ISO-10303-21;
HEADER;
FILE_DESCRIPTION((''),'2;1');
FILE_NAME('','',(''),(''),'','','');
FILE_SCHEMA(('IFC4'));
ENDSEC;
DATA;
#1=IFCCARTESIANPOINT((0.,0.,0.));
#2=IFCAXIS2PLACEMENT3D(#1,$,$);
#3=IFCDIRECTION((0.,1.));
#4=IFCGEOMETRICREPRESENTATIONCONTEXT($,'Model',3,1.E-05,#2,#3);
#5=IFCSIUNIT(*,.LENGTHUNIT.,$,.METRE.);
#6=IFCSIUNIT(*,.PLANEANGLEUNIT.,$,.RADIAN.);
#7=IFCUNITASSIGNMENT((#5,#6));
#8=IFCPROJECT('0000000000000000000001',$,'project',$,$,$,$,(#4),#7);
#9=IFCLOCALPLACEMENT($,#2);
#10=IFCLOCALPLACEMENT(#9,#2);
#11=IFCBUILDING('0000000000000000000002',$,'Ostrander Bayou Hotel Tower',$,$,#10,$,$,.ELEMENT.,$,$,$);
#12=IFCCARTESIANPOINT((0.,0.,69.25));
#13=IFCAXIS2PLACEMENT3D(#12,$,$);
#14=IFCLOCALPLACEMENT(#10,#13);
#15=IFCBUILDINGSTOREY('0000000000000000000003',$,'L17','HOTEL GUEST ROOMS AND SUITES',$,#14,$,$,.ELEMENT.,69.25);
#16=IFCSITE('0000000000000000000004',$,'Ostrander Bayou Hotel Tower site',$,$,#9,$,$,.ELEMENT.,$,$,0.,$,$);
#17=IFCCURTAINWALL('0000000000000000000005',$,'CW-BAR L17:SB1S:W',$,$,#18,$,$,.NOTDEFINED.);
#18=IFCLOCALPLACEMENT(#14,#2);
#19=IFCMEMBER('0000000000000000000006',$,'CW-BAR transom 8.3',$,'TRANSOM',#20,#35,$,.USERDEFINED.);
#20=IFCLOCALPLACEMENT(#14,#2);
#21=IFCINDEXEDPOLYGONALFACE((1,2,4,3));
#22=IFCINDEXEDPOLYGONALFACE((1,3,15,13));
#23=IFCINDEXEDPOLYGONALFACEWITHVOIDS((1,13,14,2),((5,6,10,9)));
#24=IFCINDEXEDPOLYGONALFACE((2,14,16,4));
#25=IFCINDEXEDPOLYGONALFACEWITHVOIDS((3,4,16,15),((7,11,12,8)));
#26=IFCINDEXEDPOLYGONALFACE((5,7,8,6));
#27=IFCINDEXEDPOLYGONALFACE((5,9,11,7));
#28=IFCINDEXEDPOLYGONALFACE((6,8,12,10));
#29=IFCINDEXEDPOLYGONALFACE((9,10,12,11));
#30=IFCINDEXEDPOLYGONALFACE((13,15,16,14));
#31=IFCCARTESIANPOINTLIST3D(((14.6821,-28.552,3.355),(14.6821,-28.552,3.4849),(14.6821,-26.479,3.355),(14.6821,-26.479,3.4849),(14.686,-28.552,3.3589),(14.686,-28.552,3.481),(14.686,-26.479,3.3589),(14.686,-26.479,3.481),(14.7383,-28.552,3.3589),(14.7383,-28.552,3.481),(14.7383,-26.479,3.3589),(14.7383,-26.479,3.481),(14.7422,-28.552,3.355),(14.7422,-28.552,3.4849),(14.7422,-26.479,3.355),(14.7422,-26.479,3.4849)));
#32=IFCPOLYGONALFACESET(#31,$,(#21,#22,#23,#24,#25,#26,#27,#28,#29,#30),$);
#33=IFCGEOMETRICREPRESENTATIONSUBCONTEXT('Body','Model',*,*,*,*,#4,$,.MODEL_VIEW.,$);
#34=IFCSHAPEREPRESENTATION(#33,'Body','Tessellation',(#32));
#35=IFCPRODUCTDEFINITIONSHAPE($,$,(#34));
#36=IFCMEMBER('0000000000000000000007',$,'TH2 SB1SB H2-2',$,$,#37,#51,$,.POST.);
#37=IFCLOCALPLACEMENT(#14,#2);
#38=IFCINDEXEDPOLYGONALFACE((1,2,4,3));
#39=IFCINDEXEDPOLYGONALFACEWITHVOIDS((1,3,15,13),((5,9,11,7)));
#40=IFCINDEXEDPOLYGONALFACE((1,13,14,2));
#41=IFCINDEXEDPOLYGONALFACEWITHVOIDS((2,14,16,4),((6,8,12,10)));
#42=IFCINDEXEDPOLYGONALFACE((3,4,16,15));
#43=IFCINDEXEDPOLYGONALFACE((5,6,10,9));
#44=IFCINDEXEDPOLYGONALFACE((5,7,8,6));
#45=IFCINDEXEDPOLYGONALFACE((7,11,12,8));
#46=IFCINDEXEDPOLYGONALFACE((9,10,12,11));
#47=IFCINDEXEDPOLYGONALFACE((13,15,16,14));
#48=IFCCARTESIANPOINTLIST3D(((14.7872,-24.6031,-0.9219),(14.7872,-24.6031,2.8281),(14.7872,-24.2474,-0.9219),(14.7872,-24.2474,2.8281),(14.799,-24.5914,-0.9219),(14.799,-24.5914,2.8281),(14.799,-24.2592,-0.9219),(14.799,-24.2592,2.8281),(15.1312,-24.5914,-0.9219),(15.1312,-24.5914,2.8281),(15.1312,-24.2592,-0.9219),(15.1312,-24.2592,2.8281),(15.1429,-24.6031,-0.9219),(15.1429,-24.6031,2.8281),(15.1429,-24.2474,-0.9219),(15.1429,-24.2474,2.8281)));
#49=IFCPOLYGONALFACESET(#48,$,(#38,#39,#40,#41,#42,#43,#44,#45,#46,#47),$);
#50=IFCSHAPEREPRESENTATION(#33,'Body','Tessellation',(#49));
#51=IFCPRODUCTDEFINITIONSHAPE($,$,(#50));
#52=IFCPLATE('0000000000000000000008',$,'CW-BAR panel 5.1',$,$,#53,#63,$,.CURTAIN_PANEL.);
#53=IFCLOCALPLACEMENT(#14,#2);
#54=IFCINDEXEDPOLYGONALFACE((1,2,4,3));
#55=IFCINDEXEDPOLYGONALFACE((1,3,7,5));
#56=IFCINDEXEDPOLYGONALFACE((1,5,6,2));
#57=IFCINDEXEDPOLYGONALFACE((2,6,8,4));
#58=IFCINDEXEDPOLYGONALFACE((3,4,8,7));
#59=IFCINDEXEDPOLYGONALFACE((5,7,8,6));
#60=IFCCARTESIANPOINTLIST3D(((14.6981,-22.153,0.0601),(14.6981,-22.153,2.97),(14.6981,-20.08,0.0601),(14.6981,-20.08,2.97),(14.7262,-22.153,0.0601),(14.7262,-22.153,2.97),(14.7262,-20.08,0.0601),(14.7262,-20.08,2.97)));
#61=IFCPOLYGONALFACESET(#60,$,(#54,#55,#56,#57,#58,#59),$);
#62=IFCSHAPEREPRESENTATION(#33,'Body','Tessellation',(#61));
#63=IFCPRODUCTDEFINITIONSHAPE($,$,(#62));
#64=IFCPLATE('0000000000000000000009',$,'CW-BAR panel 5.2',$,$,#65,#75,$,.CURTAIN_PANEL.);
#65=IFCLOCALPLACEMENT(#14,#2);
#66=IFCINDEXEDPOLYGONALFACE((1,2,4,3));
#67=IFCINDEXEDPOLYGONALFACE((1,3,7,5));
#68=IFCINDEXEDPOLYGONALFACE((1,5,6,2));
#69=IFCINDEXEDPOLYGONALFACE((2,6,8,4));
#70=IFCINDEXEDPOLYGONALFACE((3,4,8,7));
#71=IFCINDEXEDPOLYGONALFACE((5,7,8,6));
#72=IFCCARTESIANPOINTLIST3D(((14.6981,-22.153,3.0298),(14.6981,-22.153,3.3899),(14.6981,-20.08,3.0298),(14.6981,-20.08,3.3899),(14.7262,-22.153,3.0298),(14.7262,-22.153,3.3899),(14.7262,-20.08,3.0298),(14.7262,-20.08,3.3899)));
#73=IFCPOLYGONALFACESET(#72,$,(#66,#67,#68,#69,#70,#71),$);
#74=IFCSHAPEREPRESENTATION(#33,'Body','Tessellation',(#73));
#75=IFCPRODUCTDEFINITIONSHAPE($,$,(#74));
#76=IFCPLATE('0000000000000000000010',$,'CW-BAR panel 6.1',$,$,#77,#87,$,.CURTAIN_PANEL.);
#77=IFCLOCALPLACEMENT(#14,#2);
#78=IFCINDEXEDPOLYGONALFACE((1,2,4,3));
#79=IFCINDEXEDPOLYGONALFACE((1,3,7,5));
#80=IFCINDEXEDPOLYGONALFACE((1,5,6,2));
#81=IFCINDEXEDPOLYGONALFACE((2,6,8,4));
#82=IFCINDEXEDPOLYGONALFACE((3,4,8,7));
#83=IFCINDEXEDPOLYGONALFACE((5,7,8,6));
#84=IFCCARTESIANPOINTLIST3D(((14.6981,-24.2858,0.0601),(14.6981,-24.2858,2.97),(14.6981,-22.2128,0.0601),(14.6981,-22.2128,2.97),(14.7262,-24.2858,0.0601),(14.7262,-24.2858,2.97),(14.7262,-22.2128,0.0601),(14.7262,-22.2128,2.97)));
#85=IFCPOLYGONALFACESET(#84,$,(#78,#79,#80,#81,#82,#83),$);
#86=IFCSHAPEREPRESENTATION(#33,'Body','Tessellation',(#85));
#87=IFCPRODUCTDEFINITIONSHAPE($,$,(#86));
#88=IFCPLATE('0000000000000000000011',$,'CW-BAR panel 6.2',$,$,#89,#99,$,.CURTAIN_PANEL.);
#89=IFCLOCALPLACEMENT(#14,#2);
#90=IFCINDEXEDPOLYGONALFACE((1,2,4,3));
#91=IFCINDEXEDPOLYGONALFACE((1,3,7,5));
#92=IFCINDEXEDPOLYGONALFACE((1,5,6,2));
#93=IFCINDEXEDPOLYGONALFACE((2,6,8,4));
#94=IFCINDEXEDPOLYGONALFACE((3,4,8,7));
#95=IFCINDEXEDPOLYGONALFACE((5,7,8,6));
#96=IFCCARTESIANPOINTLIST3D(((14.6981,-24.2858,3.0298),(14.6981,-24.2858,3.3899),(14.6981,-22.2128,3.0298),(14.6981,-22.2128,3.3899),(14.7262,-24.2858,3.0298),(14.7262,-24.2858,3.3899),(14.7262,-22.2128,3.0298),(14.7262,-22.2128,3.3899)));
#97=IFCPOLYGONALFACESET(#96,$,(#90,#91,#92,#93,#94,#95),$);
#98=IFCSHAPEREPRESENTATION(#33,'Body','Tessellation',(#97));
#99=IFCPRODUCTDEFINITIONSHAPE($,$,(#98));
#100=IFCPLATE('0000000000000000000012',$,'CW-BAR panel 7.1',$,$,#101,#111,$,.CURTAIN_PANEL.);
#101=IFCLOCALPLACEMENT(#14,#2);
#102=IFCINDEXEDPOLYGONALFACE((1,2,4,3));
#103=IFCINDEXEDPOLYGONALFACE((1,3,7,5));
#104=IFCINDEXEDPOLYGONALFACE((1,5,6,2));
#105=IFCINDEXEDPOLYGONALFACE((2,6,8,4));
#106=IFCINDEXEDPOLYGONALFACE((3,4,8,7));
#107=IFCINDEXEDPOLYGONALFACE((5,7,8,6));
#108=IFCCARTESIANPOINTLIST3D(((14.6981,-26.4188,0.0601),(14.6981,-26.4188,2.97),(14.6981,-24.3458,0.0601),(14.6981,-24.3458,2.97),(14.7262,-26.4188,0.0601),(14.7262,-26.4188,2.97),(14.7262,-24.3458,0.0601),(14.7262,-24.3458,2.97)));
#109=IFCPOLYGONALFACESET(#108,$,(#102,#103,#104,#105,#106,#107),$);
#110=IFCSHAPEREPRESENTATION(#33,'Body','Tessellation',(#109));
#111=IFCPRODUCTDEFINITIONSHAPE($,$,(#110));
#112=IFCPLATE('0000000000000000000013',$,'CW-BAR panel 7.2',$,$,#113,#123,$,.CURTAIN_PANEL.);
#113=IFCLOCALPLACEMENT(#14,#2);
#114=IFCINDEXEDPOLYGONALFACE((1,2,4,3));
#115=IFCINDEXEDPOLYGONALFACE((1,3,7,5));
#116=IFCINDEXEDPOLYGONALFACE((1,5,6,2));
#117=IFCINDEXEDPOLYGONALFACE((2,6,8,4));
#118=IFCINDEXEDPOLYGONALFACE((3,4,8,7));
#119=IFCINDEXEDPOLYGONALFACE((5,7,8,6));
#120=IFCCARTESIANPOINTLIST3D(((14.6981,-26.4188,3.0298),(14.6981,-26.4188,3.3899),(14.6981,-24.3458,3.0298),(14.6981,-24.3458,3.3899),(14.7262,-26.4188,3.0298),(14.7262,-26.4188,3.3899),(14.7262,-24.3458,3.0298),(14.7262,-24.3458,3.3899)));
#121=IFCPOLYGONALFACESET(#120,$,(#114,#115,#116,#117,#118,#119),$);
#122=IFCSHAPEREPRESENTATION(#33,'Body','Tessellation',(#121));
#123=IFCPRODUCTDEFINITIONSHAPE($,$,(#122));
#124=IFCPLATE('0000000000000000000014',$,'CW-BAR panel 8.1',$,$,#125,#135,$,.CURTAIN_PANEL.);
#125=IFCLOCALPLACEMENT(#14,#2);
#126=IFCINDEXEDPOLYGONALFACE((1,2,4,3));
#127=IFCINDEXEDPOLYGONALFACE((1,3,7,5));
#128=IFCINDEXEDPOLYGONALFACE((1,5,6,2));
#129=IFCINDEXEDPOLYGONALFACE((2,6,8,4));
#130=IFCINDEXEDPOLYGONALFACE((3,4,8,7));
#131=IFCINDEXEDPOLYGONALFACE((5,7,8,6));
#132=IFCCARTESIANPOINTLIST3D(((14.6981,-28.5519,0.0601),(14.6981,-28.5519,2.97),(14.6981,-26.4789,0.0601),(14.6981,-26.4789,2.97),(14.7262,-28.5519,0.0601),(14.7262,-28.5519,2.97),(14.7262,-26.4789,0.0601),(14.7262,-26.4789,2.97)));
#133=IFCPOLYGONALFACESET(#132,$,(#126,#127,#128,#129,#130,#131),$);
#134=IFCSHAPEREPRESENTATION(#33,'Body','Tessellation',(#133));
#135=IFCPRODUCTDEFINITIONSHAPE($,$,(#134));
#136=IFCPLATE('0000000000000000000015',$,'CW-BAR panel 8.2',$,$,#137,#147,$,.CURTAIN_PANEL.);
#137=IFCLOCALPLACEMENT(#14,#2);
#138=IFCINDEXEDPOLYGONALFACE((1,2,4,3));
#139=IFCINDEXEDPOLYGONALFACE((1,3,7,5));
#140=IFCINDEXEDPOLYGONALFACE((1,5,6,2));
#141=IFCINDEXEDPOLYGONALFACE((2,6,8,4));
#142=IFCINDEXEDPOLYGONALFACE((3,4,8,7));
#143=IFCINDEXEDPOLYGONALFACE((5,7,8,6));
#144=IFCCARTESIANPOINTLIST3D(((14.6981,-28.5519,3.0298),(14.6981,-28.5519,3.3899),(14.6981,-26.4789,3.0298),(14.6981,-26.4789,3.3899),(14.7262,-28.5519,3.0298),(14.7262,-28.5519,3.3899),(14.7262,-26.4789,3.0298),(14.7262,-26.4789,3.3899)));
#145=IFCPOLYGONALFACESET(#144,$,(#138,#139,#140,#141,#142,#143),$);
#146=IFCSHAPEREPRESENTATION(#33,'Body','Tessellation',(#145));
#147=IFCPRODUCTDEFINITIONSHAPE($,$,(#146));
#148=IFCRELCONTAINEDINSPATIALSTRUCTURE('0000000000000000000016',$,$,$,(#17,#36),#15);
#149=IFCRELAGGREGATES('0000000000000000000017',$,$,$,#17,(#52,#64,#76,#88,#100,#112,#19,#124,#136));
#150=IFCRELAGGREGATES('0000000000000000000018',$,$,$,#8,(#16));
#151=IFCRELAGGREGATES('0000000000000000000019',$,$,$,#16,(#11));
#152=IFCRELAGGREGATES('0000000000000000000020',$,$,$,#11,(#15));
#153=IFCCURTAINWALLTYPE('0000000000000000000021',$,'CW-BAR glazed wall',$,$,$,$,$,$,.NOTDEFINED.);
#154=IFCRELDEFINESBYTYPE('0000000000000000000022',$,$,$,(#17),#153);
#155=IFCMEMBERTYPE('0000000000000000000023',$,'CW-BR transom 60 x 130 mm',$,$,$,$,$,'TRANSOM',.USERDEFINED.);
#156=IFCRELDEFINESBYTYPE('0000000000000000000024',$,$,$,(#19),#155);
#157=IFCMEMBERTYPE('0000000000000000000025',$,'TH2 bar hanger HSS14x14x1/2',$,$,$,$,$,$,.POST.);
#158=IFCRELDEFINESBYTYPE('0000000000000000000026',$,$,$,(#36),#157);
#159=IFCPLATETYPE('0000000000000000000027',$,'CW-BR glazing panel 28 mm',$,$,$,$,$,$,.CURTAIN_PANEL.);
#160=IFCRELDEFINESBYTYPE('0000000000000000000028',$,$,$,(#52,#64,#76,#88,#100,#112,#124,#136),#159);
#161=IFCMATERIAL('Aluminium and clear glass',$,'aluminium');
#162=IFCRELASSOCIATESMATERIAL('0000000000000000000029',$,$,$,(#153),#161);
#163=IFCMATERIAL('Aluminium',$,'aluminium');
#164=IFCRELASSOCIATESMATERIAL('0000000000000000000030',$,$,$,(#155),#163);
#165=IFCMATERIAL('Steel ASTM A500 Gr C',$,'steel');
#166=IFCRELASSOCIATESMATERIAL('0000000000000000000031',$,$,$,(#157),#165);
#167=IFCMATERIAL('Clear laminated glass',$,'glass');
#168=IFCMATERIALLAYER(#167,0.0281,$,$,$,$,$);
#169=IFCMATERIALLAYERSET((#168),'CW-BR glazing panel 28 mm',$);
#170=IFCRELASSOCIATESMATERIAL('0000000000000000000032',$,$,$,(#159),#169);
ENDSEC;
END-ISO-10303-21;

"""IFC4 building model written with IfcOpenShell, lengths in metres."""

from ifc_helpers import new_model, si_unit, direction, frame, origin, origin_2d, place, context, subcontext, project, spatial, rectangle, hollow_rectangle, extrude, material, layer, layer_set, material_profile, profile_set, type_object, element, aggregate, save


model = new_model("IFC4")

# Units and contexts
model_context = context("Model", 3, precision=1e-05, world=origin(), true_north=direction((0.0, 1.0)))
body_context = subcontext(model_context, "Body", "Model", "MODEL_VIEW")
ifc_project = project(units=[si_unit("LENGTHUNIT", "METRE"), si_unit("PLANEANGLEUNIT", "RADIAN")], contexts=[model_context])

# Site, building, storey
site_placement = place(None, origin())
site = spatial("IfcSite", under=ifc_project, at=site_placement, Name="Ostrander Bayou Hotel Tower site", CompositionType="ELEMENT", RefElevation=0.0)
building_placement = place(site_placement, origin())
building = spatial("IfcBuilding", under=site, at=building_placement, Name="Ostrander Bayou Hotel Tower", CompositionType="ELEMENT")
storey_placement = place(building_placement, frame((0.0, 0.0, 69.25)))
storey = spatial("IfcBuildingStorey", under=building, at=storey_placement, Name="L17", Description="HOTEL GUEST ROOMS AND SUITES", CompositionType="ELEMENT", Elevation=69.25)

# Curtain wall, member
ifc_material_1 = material(Name="Aluminium and clear glass", Category="aluminium")
curtain_wall_type = type_object("IfcCurtainWallType", Name="CW-BAR glazed wall", PredefinedType="NOTDEFINED", material=ifc_material_1)
curtain_wall_placement = place(storey_placement, origin())
curtain_wall = element("IfcCurtainWall", 1, at=curtain_wall_placement, inside=storey, type_object=curtain_wall_type, Name="CW-BAR L17:SB1S:W", PredefinedType="NOTDEFINED")
ifc_material_2 = material(Name="Aluminium", Category="aluminium")
ifc_material_profile_1 = material_profile(ifc_material_2, hollow_rectangle(XDim=0.0601, YDim=0.1299, WallThickness=0.0039, at=origin_2d()))
ifc_profile_set_1 = profile_set([ifc_material_profile_1], Name="Aluminium")
member_type_1 = type_object("IfcMemberType", Name="CW-BR transom 60 x 130 mm", ElementType="TRANSOM", PredefinedType="USERDEFINED", material=ifc_profile_set_1)
member_1_placement = place(storey_placement, frame((14.7122, -26.479, 3.4199), z_axis=(0.0, -1.0, 0.0), x_axis=(1.0, 0.0, 0.0)))
member_1 = element("IfcMember", 2, at=member_1_placement, type_object=member_type_1, Name="CW-BAR transom 8.3", ObjectType="TRANSOM", PredefinedType="USERDEFINED", context=body_context, shape_type="SweptSolid", body=[
    extrude(hollow_rectangle(XDim=0.0601, YDim=0.1299, WallThickness=0.0039, at=origin_2d()), origin(), (0.0, 0.0, 1.0), 2.073),
])

# Member
ifc_material_3 = material(Name="Steel ASTM A500 Gr C", Category="steel")
ifc_material_profile_2 = material_profile(ifc_material_3, hollow_rectangle(XDim=0.3557, YDim=0.3557, WallThickness=0.0117, at=origin_2d()))
ifc_profile_set_2 = profile_set([ifc_material_profile_2], Name="Steel ASTM A500 Gr C")
member_type_2 = type_object("IfcMemberType", Name="TH2 bar hanger HSS14x14x1/2", PredefinedType="POST", material=ifc_profile_set_2)
member_2_placement = place(storey_placement, frame((14.9651, -24.4253, -0.9219), z_axis=(0.0, 0.0, 1.0), x_axis=(1.0, 0.0, 0.0)))
element("IfcMember", 3, at=member_2_placement, inside=storey, type_object=member_type_2, Name="TH2 SB1SB H2-2", PredefinedType="POST", context=body_context, shape_type="SweptSolid", body=[
    extrude(hollow_rectangle(XDim=0.3557, YDim=0.3557, WallThickness=0.0117, at=origin_2d()), origin(), (0.0, 0.0, 1.0), 3.75),
])

# Plates
ifc_material_4 = material(Name="Clear laminated glass", Category="glass")
ifc_layer = layer(ifc_material_4, 0.0281)
ifc_layer_set = layer_set([ifc_layer], Name="CW-BR glazing panel 28 mm")
plate_type = type_object("IfcPlateType", Name="CW-BR glazing panel 28 mm", PredefinedType="CURTAIN_PANEL", material=ifc_layer_set)
plate_1_placement = place(storey_placement, frame((14.7122, -21.1165, 0.0601), z_axis=(0.0, 0.0, 1.0), x_axis=(0.0, -1.0, 0.0)))
plate_1 = element("IfcPlate", 4, at=plate_1_placement, type_object=plate_type, Name="CW-BAR panel 5.1", PredefinedType="CURTAIN_PANEL", context=body_context, shape_type="SweptSolid", body=[
    extrude(rectangle(XDim=2.073, YDim=0.0281, at=origin_2d()), origin(), (0.0, 0.0, 1.0), 2.9099),
])
plate_2_placement = place(storey_placement, frame((14.7122, -21.1165, 3.0298), z_axis=(0.0, 0.0, 1.0), x_axis=(0.0, -1.0, 0.0)))
plate_2 = element("IfcPlate", 5, at=plate_2_placement, type_object=plate_type, Name="CW-BAR panel 5.2", PredefinedType="CURTAIN_PANEL", context=body_context, shape_type="SweptSolid", body=[
    extrude(rectangle(XDim=2.073, YDim=0.0281, at=origin_2d()), origin(), (0.0, 0.0, 1.0), 0.3601),
])
plate_3_placement = place(storey_placement, frame((14.7122, -23.2493, 0.0601), z_axis=(0.0, 0.0, 1.0), x_axis=(0.0, -1.0, 0.0)))
plate_3 = element("IfcPlate", 6, at=plate_3_placement, type_object=plate_type, Name="CW-BAR panel 6.1", PredefinedType="CURTAIN_PANEL", context=body_context, shape_type="SweptSolid", body=[
    extrude(rectangle(XDim=2.073, YDim=0.0281, at=origin_2d()), origin(), (0.0, 0.0, 1.0), 2.9099),
])
plate_4_placement = place(storey_placement, frame((14.7122, -23.2493, 3.0298), z_axis=(0.0, 0.0, 1.0), x_axis=(0.0, -1.0, 0.0)))
plate_4 = element("IfcPlate", 7, at=plate_4_placement, type_object=plate_type, Name="CW-BAR panel 6.2", PredefinedType="CURTAIN_PANEL", context=body_context, shape_type="SweptSolid", body=[
    extrude(rectangle(XDim=2.073, YDim=0.0281, at=origin_2d()), origin(), (0.0, 0.0, 1.0), 0.3601),
])
plate_5_placement = place(storey_placement, frame((14.7122, -25.3823, 0.0601), z_axis=(0.0, 0.0, 1.0), x_axis=(0.0, -1.0, 0.0)))
plate_5 = element("IfcPlate", 8, at=plate_5_placement, type_object=plate_type, Name="CW-BAR panel 7.1", PredefinedType="CURTAIN_PANEL", context=body_context, shape_type="SweptSolid", body=[
    extrude(rectangle(XDim=2.073, YDim=0.0281, at=origin_2d()), origin(), (0.0, 0.0, 1.0), 2.9099),
])
plate_6_placement = place(storey_placement, frame((14.7122, -25.3823, 3.0298), z_axis=(0.0, 0.0, 1.0), x_axis=(0.0, -1.0, 0.0)))
plate_6 = element("IfcPlate", 9, at=plate_6_placement, type_object=plate_type, Name="CW-BAR panel 7.2", PredefinedType="CURTAIN_PANEL", context=body_context, shape_type="SweptSolid", body=[
    extrude(rectangle(XDim=2.073, YDim=0.0281, at=origin_2d()), origin(), (0.0, 0.0, 1.0), 0.3601),
])
plate_7_placement = place(storey_placement, frame((14.7122, -27.5154, 0.0601), z_axis=(0.0, 0.0, 1.0), x_axis=(0.0, -1.0, 0.0)))
plate_7 = element("IfcPlate", 10, at=plate_7_placement, type_object=plate_type, Name="CW-BAR panel 8.1", PredefinedType="CURTAIN_PANEL", context=body_context, shape_type="SweptSolid", body=[
    extrude(rectangle(XDim=2.073, YDim=0.0281, at=origin_2d()), origin(), (0.0, 0.0, 1.0), 2.9099),
])
plate_8_placement = place(storey_placement, frame((14.7122, -27.5154, 3.0298), z_axis=(0.0, 0.0, 1.0), x_axis=(0.0, -1.0, 0.0)))
plate_8 = element("IfcPlate", 11, at=plate_8_placement, type_object=plate_type, Name="CW-BAR panel 8.2", PredefinedType="CURTAIN_PANEL", context=body_context, shape_type="SweptSolid", body=[
    extrude(rectangle(XDim=2.073, YDim=0.0281, at=origin_2d()), origin(), (0.0, 0.0, 1.0), 0.3601),
])
aggregate(curtain_wall, [plate_1, plate_2, plate_3, plate_4, plate_5, plate_6, member_1, plate_7, plate_8])

save(model, "model.ifc")
